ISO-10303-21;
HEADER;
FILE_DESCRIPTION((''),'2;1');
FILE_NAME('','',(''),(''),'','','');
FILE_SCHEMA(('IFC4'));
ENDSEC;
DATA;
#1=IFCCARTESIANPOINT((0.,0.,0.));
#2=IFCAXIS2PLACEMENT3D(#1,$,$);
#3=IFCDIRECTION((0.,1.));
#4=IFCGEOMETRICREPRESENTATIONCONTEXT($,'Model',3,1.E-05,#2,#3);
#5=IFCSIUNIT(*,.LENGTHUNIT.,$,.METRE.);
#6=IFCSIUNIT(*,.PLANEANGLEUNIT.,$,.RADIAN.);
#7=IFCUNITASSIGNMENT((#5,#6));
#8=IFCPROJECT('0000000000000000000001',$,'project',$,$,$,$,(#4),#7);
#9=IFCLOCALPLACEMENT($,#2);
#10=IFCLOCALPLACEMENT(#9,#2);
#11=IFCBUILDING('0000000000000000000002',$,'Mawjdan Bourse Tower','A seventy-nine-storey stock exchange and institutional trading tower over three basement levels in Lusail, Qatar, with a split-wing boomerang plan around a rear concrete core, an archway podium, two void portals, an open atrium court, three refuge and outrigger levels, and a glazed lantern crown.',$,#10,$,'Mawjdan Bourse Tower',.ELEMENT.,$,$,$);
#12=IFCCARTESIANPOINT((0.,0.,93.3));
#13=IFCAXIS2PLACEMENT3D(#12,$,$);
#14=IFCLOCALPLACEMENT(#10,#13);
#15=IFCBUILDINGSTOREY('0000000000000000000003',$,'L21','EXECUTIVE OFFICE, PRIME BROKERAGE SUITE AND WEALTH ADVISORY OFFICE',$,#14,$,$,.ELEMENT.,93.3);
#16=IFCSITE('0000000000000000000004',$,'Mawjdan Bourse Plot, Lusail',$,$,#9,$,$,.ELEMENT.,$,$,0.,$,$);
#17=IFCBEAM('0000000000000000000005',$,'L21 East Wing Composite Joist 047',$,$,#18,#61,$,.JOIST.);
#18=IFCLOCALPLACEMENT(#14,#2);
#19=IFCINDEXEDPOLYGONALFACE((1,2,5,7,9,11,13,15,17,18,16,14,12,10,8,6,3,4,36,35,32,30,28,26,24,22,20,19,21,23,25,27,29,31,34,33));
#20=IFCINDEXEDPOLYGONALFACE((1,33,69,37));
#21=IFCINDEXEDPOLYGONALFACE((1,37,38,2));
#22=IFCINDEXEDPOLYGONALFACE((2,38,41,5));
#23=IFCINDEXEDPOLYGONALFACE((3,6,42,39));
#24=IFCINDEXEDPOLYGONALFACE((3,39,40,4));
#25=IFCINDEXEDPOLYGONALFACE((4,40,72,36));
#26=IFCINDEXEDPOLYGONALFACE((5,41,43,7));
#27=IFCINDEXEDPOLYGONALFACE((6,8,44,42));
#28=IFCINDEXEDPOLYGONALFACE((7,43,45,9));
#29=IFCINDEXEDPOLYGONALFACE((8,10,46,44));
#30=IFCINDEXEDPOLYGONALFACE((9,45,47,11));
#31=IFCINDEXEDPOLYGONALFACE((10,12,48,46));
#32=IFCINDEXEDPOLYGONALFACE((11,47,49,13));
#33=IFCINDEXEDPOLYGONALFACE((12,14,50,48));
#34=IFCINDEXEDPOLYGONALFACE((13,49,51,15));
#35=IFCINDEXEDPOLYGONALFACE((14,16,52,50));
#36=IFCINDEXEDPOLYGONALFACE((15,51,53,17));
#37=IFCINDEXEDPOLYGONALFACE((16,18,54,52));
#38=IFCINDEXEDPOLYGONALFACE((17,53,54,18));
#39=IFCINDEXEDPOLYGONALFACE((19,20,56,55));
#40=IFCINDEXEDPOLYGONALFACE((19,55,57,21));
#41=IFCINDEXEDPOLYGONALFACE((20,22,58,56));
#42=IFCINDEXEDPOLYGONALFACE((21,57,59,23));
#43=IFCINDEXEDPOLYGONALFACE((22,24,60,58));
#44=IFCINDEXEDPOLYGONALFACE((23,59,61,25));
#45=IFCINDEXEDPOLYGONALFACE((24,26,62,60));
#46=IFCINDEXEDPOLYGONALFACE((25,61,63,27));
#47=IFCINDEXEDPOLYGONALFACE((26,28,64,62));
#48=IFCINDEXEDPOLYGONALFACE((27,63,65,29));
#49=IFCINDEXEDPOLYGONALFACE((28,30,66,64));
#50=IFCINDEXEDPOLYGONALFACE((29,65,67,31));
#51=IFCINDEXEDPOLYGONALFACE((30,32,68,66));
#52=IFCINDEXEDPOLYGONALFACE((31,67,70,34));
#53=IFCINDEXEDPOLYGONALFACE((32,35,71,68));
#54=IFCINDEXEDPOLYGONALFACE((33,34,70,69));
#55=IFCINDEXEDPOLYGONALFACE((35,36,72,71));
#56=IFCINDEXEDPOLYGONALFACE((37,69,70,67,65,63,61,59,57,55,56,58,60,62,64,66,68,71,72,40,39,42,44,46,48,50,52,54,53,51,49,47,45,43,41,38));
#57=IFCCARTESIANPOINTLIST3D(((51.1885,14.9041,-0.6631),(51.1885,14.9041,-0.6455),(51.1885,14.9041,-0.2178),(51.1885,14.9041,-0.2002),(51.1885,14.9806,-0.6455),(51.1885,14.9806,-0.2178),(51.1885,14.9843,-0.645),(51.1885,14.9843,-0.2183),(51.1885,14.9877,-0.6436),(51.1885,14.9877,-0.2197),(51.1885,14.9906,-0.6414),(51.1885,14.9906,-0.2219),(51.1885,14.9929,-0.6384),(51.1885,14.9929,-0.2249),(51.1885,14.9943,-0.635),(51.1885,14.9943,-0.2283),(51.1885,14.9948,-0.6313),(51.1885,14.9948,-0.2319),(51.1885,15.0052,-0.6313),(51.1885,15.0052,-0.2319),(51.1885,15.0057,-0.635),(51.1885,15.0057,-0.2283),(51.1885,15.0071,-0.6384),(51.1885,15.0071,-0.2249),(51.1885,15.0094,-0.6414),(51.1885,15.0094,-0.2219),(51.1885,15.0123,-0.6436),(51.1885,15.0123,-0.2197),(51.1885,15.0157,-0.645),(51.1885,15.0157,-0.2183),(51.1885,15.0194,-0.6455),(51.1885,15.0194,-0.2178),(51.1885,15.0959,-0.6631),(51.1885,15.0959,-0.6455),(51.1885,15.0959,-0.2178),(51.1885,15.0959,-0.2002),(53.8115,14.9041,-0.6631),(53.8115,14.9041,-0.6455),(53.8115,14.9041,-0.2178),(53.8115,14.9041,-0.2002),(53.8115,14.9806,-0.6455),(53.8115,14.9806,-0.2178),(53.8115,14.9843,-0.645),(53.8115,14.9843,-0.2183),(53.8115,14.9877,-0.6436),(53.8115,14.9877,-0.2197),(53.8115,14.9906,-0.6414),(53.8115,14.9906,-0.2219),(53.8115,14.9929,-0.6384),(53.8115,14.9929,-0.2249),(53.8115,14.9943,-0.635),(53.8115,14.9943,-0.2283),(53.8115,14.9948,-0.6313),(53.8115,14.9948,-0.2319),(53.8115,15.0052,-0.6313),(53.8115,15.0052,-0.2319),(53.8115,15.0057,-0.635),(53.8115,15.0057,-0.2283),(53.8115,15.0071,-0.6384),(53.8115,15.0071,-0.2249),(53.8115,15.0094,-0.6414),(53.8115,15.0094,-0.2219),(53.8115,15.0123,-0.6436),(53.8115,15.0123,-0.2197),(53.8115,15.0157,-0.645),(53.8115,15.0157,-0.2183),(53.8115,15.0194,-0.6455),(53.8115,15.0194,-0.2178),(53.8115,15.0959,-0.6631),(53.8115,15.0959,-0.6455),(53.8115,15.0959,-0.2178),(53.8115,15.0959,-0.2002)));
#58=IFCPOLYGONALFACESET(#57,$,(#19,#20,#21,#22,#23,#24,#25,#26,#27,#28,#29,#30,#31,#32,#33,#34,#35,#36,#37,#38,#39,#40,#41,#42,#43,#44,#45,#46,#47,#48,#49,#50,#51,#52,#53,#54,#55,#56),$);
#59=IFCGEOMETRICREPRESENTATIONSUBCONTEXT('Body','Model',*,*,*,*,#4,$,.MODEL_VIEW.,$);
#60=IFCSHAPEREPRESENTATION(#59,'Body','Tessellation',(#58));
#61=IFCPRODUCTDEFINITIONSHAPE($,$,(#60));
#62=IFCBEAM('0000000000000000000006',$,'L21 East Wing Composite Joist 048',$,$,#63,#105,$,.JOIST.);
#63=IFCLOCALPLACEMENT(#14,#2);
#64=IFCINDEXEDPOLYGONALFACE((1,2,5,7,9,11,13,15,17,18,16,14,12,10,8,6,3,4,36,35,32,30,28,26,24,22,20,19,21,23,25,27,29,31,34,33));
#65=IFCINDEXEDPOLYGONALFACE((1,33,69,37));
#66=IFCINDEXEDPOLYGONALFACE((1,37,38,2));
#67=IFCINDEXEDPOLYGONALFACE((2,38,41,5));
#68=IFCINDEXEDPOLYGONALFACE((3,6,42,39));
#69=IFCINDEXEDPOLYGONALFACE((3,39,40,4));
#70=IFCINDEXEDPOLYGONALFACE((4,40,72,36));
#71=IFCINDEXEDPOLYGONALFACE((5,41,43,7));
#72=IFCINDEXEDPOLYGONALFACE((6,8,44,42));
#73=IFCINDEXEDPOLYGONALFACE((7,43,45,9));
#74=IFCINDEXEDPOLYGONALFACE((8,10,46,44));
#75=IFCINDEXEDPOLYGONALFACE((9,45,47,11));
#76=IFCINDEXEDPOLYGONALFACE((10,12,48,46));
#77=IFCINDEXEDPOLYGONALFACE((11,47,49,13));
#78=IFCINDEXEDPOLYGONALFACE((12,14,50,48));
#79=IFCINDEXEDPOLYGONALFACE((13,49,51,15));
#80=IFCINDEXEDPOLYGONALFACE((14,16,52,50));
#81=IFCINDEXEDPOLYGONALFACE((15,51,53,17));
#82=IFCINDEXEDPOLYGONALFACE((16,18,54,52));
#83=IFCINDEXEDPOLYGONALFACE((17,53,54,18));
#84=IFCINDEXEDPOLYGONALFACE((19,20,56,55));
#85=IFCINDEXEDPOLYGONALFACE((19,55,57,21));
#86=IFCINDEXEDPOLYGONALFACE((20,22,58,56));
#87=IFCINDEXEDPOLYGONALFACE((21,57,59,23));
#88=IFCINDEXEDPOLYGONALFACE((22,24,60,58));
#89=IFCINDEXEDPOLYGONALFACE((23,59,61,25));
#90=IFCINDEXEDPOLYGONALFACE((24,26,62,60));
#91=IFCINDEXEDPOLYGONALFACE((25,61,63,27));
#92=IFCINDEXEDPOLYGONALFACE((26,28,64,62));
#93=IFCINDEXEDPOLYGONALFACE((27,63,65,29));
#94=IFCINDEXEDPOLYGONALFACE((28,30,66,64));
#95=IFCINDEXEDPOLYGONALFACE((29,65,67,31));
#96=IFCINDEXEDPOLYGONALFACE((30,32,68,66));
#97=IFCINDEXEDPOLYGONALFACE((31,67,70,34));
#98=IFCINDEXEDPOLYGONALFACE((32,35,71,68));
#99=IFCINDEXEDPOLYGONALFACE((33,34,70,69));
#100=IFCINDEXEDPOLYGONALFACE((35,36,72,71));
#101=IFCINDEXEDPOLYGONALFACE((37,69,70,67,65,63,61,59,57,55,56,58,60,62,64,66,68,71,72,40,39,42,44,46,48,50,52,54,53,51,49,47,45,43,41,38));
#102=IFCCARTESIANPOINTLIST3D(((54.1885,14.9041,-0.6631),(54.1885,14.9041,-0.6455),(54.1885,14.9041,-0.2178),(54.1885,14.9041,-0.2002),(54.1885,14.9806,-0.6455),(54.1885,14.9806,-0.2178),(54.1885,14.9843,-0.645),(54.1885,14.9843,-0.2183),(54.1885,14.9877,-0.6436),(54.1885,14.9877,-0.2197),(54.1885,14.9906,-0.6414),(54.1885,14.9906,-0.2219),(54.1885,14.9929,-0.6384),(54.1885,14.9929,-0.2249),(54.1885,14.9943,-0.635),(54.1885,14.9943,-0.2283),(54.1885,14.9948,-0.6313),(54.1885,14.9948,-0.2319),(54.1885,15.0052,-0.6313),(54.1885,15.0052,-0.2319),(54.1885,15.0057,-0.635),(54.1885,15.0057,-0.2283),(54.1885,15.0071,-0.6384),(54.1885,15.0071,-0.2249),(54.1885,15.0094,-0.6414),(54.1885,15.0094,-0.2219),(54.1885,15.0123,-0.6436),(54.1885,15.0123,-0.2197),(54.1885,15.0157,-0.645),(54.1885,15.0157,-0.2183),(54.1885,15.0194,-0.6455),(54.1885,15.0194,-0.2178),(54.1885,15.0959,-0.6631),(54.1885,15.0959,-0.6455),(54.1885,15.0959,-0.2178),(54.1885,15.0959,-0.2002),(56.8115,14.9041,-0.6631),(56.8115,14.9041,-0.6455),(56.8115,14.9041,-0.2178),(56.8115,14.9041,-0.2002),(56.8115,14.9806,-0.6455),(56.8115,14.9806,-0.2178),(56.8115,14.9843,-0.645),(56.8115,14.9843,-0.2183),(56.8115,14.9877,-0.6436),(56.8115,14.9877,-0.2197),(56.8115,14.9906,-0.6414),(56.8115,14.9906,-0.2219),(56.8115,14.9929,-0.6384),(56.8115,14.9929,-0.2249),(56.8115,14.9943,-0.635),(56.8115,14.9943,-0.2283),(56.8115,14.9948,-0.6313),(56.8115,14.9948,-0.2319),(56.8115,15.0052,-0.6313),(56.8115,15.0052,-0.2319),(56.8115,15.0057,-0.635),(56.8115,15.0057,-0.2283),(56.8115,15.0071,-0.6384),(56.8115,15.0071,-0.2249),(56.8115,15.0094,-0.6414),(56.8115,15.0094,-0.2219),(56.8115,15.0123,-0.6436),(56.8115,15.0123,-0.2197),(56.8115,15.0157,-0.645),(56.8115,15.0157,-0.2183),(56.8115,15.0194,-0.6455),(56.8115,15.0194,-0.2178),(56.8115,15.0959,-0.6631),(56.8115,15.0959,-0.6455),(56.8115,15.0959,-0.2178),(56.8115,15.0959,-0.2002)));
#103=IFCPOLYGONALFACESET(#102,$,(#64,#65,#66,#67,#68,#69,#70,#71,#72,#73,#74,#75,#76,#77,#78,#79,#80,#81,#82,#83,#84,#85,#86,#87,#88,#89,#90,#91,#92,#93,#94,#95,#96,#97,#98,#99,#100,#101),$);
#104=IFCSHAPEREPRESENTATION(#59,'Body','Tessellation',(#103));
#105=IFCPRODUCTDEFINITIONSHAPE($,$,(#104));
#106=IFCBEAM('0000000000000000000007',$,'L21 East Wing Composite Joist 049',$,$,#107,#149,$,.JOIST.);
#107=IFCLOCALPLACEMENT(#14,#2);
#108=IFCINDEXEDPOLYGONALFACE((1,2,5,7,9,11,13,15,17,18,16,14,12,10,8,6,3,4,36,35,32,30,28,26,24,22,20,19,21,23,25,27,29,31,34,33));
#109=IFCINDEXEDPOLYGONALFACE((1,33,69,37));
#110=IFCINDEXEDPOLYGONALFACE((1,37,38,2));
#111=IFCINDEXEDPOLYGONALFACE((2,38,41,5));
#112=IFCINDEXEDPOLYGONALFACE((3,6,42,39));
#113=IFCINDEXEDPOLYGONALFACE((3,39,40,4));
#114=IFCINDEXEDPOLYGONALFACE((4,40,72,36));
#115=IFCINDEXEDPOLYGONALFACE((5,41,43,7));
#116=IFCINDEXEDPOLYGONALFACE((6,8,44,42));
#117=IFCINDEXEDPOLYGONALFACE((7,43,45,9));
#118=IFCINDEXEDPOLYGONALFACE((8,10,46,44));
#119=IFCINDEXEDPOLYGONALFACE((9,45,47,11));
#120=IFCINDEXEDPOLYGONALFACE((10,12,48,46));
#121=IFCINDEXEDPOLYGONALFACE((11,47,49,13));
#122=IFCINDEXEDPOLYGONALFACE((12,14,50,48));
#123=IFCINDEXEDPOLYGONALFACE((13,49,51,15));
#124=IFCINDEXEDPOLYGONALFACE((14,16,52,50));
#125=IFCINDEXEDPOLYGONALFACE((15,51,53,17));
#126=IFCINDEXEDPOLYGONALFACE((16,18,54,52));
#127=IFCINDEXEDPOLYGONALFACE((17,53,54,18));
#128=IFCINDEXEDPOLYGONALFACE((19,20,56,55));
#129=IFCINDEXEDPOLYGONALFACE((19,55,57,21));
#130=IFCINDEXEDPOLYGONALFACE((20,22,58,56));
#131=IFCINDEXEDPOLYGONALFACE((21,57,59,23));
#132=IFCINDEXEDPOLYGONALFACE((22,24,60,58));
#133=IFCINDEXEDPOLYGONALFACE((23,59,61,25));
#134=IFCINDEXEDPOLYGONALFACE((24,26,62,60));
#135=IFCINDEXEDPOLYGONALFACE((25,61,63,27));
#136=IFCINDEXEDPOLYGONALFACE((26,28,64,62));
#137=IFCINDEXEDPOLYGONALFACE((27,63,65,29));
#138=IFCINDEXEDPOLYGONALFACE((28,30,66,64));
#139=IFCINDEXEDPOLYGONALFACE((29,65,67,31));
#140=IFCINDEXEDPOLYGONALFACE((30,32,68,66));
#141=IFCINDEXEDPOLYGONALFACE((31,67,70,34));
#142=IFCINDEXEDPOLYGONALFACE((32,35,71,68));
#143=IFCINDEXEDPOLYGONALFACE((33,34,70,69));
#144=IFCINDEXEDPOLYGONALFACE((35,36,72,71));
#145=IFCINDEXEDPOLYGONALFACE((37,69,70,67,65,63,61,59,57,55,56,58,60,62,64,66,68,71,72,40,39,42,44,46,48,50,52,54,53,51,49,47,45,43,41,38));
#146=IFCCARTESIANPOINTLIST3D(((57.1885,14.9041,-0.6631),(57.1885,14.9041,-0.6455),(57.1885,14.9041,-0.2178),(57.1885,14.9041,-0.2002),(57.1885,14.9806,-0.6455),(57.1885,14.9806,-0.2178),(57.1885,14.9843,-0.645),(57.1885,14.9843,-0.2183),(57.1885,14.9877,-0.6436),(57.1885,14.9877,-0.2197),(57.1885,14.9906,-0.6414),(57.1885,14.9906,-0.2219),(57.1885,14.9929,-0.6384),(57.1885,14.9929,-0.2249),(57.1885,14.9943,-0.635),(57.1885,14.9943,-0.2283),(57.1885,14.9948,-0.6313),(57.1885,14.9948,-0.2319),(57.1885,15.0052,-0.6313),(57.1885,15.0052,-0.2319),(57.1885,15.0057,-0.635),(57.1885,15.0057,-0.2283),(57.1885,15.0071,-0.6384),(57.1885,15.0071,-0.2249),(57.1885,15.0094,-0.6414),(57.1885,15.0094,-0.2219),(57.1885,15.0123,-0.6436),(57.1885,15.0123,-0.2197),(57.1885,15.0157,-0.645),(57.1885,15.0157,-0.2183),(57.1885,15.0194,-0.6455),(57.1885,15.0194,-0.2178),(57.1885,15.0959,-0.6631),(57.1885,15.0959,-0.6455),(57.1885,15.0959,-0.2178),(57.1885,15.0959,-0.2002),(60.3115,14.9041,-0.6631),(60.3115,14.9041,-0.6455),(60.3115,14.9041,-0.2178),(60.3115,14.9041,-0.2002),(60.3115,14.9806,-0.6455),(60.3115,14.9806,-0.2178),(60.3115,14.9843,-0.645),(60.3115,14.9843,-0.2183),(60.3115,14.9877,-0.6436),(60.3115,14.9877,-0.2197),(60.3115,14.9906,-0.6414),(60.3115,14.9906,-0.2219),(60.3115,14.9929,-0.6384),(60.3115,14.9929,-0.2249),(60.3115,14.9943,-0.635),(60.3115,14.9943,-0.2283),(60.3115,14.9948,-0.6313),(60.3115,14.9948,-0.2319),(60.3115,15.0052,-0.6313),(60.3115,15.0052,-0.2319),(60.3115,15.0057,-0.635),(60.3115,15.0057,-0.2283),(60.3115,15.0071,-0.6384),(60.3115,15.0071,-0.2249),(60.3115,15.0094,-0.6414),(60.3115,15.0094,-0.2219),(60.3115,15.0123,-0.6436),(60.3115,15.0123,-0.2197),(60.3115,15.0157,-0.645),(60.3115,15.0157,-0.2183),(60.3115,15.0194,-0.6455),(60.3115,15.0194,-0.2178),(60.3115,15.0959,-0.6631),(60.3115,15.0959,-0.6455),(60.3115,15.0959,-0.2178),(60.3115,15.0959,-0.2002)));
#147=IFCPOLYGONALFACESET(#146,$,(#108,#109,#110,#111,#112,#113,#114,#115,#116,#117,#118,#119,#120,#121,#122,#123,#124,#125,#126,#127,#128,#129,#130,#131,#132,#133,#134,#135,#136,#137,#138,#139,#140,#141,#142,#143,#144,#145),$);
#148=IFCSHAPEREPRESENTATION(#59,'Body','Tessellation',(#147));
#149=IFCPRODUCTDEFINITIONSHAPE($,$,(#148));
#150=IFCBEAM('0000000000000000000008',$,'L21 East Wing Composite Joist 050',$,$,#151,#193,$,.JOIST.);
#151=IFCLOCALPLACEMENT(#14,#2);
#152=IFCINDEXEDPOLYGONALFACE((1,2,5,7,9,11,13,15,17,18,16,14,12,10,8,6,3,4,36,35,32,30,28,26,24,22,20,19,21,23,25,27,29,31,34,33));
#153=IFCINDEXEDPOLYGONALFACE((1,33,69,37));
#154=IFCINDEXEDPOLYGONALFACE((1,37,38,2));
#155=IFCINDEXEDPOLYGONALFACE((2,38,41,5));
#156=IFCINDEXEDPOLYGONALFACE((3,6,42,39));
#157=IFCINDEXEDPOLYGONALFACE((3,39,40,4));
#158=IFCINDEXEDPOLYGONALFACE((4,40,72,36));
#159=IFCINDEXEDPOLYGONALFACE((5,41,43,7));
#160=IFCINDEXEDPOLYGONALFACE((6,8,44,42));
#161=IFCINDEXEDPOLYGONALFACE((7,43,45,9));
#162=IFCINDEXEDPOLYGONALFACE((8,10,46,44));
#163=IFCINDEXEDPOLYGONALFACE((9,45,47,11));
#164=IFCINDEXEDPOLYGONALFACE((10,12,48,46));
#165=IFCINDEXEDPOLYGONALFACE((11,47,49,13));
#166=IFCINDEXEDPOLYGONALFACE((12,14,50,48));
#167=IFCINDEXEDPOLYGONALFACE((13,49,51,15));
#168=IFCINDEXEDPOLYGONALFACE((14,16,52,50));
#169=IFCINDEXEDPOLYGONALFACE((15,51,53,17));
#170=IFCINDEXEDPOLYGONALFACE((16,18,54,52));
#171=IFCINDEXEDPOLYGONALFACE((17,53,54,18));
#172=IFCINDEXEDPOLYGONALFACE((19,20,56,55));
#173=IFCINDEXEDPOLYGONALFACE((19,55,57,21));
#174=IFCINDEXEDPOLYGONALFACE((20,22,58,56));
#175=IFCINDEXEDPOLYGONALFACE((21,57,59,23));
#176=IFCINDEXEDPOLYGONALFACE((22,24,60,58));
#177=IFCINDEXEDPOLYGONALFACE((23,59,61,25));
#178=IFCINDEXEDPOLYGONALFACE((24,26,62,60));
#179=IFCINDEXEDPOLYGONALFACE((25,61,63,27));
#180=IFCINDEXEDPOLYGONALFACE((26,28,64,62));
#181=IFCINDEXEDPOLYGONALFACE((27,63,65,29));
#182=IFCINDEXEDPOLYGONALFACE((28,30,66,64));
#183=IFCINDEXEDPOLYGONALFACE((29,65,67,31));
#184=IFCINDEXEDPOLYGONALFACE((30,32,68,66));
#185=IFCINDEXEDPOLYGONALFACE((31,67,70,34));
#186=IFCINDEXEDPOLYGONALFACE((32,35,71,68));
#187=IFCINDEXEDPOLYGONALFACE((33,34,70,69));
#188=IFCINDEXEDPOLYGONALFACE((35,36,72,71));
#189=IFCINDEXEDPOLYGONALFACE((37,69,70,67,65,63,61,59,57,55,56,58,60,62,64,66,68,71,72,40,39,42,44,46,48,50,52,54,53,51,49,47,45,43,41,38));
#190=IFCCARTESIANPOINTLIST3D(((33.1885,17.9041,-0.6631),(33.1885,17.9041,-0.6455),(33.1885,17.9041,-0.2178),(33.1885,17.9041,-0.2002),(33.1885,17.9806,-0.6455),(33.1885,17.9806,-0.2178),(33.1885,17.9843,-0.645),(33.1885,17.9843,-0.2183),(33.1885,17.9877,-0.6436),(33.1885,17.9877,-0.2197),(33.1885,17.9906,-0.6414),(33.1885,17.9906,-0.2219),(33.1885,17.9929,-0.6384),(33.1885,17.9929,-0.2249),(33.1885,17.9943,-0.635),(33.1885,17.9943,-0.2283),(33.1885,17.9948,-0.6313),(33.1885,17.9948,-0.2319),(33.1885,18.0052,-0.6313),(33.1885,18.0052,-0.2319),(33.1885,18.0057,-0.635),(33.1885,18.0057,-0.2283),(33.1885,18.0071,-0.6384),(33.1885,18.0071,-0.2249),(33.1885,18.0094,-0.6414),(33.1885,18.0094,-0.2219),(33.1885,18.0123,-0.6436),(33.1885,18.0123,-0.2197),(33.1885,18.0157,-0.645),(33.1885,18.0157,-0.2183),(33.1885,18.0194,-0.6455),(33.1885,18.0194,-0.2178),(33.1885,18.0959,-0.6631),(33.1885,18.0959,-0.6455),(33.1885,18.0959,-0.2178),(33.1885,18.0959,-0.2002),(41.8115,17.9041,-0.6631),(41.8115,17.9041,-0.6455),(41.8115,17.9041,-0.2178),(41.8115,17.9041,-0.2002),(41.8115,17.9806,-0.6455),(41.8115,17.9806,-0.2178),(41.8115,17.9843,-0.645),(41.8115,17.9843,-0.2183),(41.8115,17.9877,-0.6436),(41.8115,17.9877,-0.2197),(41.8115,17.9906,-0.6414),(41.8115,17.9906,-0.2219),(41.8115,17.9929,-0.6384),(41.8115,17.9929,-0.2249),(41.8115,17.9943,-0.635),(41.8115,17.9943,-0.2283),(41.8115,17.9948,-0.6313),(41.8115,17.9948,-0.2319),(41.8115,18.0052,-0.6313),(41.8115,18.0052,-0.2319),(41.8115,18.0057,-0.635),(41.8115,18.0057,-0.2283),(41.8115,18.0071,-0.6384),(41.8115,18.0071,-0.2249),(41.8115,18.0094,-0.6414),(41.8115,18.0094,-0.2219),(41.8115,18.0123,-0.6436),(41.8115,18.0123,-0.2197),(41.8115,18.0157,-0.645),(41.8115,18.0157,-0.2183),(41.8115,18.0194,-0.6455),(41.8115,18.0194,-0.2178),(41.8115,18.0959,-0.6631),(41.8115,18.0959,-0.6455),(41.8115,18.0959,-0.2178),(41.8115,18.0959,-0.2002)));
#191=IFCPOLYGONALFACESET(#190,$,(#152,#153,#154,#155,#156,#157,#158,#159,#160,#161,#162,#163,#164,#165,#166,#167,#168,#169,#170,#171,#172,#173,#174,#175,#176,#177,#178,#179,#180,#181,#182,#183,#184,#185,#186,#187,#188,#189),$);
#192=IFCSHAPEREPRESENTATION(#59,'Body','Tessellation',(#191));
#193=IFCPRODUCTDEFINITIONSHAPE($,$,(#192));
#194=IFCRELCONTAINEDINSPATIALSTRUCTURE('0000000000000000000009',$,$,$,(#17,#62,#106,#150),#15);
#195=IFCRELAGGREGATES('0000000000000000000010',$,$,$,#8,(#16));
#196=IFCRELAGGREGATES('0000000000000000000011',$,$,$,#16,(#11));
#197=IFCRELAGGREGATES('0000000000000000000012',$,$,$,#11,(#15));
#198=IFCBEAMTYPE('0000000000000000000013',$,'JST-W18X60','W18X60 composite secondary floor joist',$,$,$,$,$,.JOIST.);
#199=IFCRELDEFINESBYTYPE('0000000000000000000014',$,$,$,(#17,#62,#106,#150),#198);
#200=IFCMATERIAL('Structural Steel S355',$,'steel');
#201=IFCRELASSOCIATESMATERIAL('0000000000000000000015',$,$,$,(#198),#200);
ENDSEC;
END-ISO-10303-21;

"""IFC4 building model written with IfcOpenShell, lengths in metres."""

from ifc_helpers import new_model, si_unit, direction, frame, origin, origin_2d, place, context, subcontext, project, spatial, i_section, extrude, material, material_profile, profile_set, type_object, element, save


model = new_model("IFC4")

# Units and contexts
model_context = context("Model", 3, precision=1e-05, world=origin(), true_north=direction((0.0, 1.0)))
body_context = subcontext(model_context, "Body", "Model", "MODEL_VIEW")
ifc_project = project(units=[si_unit("LENGTHUNIT", "METRE"), si_unit("PLANEANGLEUNIT", "RADIAN")], contexts=[model_context])

# Site, building, storey
site_placement = place(None, origin())
site = spatial("IfcSite", under=ifc_project, at=site_placement, Name="Mawjdan Bourse Plot, Lusail", CompositionType="ELEMENT", RefElevation=0.0)
building_placement = place(site_placement, origin())
building = spatial("IfcBuilding", under=site, at=building_placement, Name="Mawjdan Bourse Tower", Description="A seventy-nine-storey stock exchange and institutional trading tower over three basement levels in Lusail, Qatar, with a split-wing boomerang plan around a rear concrete core, an archway podium, two void portals, an open atrium court, three refuge and outrigger levels, and a glazed lantern crown.", LongName="Mawjdan Bourse Tower", CompositionType="ELEMENT")
storey_placement = place(building_placement, frame((0.0, 0.0, 93.3)))
storey = spatial("IfcBuildingStorey", under=building, at=storey_placement, Name="L21", Description="EXECUTIVE OFFICE, PRIME BROKERAGE SUITE AND WEALTH ADVISORY OFFICE", CompositionType="ELEMENT", Elevation=93.3)

# Beams
ifc_material_1 = material(Name="Structural Steel S355", Category="steel")
ifc_material_profile_1 = material_profile(ifc_material_1, i_section(OverallWidth=0.1919, OverallDepth=0.4629, WebThickness=0.0105, FlangeThickness=0.0176, FilletRadius=0.0142, at=origin_2d()), Name="W18X60")
ifc_profile_set_1 = profile_set([ifc_material_profile_1], Name="Structural Steel S355")
beam_type_1 = type_object("IfcBeamType", Name="JST-W18X60", Description="W18X60 composite secondary floor joist", PredefinedType="JOIST", material=ifc_profile_set_1)
for number, where, z_axis, x_axis, name in (
    (1, (51.1885, 15.0, -0.4316), (1.0, 0.0, 0.0), (0.0, 1.0, 0.0), "L21 East Wing Composite Joist 047"),
    (2, (54.1885, 15.0, -0.4316), (1.0, 0.0, 0.0), (0.0, 1.0, 0.0), "L21 East Wing Composite Joist 048"),
):
    element("IfcBeam", number, at=place(storey_placement, frame(where, z_axis=z_axis, x_axis=x_axis)), inside=storey, type_object=beam_type_1, Name=name, PredefinedType="JOIST", context=body_context, shape_type="SweptSolid", body=[
        extrude(i_section(OverallWidth=0.1919, OverallDepth=0.4629, WebThickness=0.0105, FlangeThickness=0.0176, FilletRadius=0.0142, at=origin_2d()), origin(), (0.0, 0.0, 1.0), 2.623),
    ])
beam_1_placement = place(storey_placement, frame((57.1885, 15.0, -0.4316), z_axis=(1.0, 0.0, 0.0), x_axis=(0.0, 1.0, 0.0)))
element("IfcBeam", 3, at=beam_1_placement, inside=storey, type_object=beam_type_1, Name="L21 East Wing Composite Joist 049", PredefinedType="JOIST", context=body_context, shape_type="SweptSolid", body=[
    extrude(i_section(OverallWidth=0.1919, OverallDepth=0.4629, WebThickness=0.0105, FlangeThickness=0.0176, FilletRadius=0.0142, at=origin_2d()), origin(), (0.0, 0.0, 1.0), 3.123),
])
beam_2_placement = place(storey_placement, frame((33.1885, 18.0, -0.4316), z_axis=(1.0, 0.0, 0.0), x_axis=(0.0, 1.0, 0.0)))
element("IfcBeam", 4, at=beam_2_placement, inside=storey, type_object=beam_type_1, Name="L21 East Wing Composite Joist 050", PredefinedType="JOIST", context=body_context, shape_type="SweptSolid", body=[
    extrude(i_section(OverallWidth=0.1919, OverallDepth=0.4629, WebThickness=0.0105, FlangeThickness=0.0176, FilletRadius=0.0142, at=origin_2d()), origin(), (0.0, 0.0, 1.0), 8.623),
])

save(model, "model.ifc")
